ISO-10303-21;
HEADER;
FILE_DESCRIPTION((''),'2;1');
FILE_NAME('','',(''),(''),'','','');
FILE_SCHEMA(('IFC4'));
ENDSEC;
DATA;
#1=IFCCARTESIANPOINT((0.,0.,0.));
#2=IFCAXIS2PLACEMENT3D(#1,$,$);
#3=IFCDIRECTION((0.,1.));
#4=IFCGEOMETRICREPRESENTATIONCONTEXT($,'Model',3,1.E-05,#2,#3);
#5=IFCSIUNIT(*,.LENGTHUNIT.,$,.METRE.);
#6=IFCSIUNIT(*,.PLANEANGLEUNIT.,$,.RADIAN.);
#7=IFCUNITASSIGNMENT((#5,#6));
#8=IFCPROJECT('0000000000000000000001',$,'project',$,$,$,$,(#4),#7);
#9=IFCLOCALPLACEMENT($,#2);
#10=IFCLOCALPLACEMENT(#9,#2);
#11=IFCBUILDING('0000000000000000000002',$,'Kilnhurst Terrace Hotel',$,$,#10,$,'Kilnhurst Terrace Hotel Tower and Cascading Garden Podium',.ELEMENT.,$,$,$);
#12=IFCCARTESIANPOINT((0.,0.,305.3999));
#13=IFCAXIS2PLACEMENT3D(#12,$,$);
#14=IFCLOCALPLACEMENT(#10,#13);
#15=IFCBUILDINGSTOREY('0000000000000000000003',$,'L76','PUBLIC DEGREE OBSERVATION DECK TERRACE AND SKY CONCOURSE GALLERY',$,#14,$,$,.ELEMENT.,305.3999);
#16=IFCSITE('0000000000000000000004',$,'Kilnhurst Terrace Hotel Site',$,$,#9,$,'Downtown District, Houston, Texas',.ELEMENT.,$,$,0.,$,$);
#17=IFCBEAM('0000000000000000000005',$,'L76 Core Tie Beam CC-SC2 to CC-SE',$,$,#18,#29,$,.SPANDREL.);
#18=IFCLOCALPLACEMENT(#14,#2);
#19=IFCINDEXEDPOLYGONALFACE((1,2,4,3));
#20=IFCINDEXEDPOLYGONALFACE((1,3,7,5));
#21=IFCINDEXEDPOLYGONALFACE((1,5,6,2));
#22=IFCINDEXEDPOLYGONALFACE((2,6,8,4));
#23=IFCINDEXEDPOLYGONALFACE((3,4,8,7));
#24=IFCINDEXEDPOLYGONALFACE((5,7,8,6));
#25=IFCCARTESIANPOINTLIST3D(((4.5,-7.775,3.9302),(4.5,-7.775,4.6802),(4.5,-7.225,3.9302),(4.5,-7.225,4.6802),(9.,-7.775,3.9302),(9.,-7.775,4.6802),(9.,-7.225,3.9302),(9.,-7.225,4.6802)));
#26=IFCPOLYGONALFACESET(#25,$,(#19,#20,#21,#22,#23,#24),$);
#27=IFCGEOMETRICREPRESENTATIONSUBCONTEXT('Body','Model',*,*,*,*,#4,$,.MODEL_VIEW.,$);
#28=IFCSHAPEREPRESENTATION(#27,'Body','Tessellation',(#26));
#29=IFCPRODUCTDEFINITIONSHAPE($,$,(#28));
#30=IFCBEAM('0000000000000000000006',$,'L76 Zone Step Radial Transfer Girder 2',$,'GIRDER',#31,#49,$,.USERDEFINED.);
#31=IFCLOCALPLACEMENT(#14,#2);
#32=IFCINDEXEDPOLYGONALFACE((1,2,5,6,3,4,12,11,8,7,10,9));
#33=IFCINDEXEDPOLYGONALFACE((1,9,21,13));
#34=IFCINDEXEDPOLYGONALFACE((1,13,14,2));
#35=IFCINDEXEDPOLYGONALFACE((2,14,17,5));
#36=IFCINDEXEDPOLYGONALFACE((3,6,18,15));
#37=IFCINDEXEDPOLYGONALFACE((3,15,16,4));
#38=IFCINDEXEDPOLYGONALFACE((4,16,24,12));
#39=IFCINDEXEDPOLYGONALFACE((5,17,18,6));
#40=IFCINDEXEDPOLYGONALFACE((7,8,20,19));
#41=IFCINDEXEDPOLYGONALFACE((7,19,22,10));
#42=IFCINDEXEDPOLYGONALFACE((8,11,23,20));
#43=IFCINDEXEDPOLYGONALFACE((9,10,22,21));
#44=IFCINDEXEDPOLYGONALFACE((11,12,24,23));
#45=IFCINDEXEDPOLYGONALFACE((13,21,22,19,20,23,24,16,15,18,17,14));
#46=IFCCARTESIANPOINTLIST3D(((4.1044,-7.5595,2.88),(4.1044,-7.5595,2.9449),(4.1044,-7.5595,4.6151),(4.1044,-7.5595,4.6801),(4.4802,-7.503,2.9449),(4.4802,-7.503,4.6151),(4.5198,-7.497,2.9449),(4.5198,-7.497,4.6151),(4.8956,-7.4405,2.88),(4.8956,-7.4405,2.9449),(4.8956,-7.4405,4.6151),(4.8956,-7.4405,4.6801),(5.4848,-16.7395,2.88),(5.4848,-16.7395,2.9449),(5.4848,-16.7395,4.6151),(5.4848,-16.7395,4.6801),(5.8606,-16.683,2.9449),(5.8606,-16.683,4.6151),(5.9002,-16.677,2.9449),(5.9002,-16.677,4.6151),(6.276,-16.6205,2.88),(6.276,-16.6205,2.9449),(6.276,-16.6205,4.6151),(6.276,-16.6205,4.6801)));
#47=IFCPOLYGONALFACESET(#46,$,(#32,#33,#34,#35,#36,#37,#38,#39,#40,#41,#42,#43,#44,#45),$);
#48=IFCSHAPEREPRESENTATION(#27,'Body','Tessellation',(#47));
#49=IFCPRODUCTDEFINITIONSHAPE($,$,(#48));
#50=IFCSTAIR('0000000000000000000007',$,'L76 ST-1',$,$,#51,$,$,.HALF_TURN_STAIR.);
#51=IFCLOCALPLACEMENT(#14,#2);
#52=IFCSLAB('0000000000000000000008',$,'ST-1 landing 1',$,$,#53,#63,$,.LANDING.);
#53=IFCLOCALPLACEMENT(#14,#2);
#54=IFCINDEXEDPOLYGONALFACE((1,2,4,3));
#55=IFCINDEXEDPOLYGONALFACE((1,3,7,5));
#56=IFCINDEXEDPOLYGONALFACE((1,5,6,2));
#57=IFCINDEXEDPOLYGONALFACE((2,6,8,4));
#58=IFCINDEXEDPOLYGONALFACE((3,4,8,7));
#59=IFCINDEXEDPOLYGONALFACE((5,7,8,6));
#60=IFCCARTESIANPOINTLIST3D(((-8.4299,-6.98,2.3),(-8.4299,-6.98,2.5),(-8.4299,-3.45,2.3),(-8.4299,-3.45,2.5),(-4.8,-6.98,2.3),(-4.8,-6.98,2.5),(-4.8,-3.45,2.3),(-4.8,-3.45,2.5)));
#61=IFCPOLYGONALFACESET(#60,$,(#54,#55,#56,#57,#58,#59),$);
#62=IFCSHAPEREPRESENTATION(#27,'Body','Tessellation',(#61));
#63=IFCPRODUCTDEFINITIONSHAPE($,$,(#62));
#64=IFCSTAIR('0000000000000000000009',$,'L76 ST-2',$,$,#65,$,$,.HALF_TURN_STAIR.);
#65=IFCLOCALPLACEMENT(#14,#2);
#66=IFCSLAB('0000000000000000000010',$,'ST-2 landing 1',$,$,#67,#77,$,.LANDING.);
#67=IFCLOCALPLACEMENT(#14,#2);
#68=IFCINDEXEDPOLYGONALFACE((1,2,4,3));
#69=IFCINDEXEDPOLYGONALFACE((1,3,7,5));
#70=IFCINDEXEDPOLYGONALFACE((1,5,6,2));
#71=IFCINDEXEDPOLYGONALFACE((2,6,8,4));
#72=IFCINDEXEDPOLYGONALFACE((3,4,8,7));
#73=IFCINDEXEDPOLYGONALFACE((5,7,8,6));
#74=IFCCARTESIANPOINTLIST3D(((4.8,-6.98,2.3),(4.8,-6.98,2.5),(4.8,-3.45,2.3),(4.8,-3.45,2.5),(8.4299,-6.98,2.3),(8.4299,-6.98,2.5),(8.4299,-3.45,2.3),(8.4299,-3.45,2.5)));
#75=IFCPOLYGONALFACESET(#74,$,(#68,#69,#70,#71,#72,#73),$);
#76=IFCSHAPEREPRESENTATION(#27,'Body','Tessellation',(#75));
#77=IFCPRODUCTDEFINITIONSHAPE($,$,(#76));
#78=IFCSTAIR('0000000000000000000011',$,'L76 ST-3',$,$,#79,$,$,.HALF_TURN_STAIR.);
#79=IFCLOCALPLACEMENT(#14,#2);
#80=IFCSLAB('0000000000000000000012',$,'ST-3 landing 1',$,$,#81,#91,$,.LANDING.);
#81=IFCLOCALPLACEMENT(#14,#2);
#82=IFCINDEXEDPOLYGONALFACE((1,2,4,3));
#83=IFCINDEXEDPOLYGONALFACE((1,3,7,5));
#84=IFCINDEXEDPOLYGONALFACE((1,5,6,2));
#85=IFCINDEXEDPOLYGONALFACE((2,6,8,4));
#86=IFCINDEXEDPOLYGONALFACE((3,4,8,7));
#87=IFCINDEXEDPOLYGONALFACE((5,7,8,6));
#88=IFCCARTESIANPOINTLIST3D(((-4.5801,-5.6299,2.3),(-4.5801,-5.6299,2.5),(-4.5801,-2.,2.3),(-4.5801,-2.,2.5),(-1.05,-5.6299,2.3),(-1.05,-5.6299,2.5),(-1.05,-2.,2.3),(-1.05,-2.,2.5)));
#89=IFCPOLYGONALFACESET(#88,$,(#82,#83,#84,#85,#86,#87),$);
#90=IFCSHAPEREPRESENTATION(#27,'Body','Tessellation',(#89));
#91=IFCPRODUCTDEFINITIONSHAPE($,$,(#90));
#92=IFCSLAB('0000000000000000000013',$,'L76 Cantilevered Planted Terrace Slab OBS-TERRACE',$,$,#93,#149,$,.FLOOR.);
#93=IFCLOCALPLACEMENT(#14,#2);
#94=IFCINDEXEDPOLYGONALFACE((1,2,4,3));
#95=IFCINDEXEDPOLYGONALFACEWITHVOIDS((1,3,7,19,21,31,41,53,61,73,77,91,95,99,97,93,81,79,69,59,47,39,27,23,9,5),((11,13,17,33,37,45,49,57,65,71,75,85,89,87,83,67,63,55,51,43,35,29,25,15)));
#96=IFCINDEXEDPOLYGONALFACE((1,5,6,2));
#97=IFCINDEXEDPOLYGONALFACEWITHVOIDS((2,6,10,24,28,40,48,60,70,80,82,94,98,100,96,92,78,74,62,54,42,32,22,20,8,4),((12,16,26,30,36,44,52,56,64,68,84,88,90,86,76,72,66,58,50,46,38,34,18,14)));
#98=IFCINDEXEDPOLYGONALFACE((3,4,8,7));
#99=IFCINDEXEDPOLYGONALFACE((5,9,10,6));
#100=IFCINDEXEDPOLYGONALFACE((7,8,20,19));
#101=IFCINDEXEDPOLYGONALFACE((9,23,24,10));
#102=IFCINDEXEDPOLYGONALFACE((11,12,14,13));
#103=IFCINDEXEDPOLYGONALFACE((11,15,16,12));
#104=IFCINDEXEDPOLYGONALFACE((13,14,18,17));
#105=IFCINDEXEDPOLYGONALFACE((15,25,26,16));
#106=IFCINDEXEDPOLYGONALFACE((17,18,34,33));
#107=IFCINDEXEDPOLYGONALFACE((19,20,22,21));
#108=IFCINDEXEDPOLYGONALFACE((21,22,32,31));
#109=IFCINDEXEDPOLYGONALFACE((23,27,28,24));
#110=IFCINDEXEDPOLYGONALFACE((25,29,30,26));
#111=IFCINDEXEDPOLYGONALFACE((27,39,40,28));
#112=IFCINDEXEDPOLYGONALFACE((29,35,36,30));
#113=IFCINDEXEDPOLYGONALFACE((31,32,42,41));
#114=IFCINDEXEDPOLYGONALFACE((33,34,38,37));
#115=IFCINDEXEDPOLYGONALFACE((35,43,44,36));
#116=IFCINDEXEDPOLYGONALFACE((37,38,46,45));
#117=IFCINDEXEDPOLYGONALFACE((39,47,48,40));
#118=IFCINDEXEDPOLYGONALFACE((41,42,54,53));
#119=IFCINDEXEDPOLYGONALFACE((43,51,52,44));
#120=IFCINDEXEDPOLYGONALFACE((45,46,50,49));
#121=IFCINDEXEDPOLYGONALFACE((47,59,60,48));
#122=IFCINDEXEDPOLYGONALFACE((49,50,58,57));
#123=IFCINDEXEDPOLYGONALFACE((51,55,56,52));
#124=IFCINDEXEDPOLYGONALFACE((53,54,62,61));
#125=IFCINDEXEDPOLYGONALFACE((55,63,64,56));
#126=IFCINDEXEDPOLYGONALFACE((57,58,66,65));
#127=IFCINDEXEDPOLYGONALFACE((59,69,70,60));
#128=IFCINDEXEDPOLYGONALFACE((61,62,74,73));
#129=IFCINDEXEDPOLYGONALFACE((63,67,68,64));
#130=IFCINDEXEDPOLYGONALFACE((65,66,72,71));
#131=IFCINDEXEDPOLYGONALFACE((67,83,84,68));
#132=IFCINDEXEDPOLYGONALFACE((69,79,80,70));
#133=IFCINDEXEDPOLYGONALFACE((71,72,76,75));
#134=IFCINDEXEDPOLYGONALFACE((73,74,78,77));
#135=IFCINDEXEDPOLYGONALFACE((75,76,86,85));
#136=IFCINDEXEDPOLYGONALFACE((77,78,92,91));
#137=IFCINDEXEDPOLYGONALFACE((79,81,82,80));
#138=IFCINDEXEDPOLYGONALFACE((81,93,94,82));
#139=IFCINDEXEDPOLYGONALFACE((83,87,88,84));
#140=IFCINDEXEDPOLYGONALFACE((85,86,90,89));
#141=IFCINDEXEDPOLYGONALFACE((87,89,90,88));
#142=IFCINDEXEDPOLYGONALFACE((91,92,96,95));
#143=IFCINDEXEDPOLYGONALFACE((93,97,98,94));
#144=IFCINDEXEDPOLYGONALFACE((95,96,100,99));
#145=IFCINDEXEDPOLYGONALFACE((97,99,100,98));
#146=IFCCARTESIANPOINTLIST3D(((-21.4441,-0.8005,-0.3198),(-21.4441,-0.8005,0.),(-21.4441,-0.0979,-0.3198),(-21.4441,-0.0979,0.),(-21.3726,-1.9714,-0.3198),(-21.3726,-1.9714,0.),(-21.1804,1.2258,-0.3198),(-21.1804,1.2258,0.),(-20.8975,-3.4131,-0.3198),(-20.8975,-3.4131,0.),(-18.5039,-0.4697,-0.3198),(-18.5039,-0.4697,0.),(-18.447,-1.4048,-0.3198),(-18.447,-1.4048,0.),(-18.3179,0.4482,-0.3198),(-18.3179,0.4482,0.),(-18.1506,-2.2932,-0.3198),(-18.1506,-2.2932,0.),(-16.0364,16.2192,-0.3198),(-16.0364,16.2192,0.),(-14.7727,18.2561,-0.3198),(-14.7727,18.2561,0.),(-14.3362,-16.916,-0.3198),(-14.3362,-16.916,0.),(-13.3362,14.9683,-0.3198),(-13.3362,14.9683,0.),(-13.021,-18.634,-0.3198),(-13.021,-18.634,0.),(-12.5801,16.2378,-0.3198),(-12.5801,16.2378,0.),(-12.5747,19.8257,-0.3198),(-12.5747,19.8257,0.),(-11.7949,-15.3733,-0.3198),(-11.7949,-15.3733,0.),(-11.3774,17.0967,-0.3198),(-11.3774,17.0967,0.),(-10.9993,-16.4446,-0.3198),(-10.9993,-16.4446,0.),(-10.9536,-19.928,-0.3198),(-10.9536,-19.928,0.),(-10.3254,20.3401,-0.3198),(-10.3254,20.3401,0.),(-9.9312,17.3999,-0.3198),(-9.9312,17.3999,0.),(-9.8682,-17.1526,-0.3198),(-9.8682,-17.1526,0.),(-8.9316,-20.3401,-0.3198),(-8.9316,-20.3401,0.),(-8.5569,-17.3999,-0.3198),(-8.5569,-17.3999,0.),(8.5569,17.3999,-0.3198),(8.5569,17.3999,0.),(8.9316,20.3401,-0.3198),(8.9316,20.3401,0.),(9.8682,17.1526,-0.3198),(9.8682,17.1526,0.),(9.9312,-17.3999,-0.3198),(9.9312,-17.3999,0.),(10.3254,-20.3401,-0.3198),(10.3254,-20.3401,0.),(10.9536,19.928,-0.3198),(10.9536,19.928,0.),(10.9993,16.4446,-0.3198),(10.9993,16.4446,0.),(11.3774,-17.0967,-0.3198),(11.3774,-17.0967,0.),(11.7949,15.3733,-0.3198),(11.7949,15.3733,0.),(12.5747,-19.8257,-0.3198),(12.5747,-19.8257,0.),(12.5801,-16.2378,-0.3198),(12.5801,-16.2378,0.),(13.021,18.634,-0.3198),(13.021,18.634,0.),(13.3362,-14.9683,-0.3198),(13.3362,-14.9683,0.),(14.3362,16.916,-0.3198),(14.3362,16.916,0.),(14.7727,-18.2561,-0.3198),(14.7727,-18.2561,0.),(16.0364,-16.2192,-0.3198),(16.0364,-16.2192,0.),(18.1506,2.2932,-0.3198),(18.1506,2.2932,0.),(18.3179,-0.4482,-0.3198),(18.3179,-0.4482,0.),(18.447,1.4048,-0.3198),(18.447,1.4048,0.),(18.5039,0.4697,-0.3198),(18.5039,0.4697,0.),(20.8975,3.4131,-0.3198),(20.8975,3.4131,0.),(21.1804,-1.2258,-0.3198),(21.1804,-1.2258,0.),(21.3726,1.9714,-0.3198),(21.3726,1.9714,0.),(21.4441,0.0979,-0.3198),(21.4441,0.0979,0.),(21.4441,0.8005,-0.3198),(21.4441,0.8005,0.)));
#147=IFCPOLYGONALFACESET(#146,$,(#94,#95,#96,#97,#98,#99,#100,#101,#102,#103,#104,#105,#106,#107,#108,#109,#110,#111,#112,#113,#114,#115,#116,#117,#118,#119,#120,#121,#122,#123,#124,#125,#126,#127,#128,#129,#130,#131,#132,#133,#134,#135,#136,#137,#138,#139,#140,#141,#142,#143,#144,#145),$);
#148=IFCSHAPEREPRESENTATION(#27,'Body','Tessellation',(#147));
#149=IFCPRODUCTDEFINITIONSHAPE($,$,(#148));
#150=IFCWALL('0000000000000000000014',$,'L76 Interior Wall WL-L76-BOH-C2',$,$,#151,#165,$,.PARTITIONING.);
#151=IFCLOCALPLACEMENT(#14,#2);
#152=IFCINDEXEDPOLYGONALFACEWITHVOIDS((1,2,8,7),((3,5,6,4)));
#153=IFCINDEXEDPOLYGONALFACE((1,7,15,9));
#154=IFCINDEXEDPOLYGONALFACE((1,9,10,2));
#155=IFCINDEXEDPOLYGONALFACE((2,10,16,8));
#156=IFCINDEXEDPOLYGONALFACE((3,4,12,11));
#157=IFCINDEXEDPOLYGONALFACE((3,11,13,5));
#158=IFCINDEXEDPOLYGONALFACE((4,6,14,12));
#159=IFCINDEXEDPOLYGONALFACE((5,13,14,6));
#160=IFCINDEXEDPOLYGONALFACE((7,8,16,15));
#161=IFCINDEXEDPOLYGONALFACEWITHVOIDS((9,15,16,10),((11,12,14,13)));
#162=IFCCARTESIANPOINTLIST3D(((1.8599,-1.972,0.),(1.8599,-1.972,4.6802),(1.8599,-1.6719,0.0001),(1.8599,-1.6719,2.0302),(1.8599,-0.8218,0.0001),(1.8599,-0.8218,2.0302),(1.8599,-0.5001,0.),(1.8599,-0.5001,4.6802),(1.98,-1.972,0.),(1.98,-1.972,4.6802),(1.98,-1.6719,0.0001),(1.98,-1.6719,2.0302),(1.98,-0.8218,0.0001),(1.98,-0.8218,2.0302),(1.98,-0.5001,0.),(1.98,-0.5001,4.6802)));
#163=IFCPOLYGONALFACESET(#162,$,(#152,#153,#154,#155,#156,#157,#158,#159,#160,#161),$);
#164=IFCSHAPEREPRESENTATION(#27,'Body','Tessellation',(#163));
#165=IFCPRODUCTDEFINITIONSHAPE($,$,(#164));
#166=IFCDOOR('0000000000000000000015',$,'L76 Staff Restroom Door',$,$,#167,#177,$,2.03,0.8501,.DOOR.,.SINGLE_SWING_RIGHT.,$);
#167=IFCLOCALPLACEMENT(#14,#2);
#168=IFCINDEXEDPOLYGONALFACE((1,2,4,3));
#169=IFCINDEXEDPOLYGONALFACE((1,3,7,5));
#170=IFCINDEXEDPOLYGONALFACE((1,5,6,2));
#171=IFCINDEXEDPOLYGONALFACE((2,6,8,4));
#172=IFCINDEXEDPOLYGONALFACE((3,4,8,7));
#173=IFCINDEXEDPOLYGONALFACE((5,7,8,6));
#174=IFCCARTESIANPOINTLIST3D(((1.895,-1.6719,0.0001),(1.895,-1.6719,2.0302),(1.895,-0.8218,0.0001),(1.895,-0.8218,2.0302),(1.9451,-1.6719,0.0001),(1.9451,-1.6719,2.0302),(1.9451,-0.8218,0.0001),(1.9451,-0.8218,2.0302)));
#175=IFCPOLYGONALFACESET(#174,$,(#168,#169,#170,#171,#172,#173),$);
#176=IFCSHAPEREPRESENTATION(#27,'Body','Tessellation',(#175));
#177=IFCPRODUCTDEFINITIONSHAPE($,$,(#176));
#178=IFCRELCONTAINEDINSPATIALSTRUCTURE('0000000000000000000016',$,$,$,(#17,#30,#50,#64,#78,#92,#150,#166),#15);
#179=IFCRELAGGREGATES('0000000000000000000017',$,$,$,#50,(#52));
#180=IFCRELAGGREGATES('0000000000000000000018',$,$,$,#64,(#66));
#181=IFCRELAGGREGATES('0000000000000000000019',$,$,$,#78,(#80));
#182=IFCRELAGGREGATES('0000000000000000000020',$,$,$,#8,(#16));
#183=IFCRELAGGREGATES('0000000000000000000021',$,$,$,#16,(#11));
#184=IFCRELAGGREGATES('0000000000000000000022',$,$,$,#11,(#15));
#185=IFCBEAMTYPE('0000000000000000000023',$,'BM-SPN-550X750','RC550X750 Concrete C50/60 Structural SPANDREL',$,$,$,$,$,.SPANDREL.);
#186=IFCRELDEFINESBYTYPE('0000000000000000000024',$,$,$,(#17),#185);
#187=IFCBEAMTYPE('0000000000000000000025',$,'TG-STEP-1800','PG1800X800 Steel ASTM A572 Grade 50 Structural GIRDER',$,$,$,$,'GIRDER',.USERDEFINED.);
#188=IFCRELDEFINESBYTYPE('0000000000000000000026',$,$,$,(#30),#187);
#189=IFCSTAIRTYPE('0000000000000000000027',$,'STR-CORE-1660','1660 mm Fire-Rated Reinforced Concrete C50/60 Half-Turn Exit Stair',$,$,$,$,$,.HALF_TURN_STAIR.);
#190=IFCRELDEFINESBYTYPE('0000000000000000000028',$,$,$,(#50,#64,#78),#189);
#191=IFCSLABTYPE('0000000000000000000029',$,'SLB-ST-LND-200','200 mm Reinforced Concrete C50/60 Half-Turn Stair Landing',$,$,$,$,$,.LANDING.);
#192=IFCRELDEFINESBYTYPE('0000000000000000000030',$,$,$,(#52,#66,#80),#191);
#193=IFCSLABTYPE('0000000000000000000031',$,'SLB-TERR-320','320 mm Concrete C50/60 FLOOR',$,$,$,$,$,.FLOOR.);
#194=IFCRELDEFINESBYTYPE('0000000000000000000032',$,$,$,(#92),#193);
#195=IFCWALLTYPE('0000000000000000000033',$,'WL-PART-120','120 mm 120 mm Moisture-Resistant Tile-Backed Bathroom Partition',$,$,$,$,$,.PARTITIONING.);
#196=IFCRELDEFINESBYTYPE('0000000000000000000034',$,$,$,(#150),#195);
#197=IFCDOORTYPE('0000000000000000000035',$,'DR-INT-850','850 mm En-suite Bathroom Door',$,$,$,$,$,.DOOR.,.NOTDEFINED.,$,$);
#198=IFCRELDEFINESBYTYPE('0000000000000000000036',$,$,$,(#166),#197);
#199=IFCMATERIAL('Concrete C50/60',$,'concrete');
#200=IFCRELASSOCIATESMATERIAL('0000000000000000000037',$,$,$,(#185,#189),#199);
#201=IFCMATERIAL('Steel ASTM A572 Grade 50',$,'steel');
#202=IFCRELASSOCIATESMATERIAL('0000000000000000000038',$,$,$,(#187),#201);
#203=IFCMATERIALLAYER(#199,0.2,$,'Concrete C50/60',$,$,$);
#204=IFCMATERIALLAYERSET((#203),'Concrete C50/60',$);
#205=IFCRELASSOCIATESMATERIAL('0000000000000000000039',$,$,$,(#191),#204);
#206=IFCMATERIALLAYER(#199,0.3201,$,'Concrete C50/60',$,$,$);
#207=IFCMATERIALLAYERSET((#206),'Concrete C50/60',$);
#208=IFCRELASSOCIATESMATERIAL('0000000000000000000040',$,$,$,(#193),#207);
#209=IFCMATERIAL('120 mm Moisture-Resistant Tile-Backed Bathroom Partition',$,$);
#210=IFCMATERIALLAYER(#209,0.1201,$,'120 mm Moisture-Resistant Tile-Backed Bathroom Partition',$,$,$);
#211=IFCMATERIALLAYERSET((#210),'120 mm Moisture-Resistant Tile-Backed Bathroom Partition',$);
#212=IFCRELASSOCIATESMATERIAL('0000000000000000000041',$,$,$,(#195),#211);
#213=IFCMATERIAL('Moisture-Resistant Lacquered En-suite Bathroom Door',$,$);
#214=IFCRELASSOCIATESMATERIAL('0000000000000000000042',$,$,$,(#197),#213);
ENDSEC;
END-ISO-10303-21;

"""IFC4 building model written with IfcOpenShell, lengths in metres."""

from ifc_helpers import new_model, si_unit, direction, frame, frame_2d, origin, origin_2d, place, context, subcontext, project, spatial, polyline, rectangle, i_section, outline, extrude, material, layer, layer_set, material_profile, profile_set, type_object, element, fill, aggregate, save


model = new_model("IFC4")

# Units and contexts
model_context = context("Model", 3, precision=1e-05, world=origin(), true_north=direction((0.0, 1.0)))
body_context = subcontext(model_context, "Body", "Model", "MODEL_VIEW")
ifc_project = project(units=[si_unit("LENGTHUNIT", "METRE"), si_unit("PLANEANGLEUNIT", "RADIAN")], contexts=[model_context])

# Site, building, storey
site_placement = place(None, origin())
site = spatial("IfcSite", under=ifc_project, at=site_placement, Name="Kilnhurst Terrace Hotel Site", LongName="Downtown District, Houston, Texas", CompositionType="ELEMENT", RefElevation=0.0)
building_placement = place(site_placement, origin())
building = spatial("IfcBuilding", under=site, at=building_placement, Name="Kilnhurst Terrace Hotel", LongName="Kilnhurst Terrace Hotel Tower and Cascading Garden Podium", CompositionType="ELEMENT")
storey_placement = place(building_placement, frame((0.0, 0.0, 305.3999)))
storey = spatial("IfcBuildingStorey", under=building, at=storey_placement, Name="L76", Description="PUBLIC DEGREE OBSERVATION DECK TERRACE AND SKY CONCOURSE GALLERY", CompositionType="ELEMENT", Elevation=305.3999)

# Beams
ifc_material_1 = material(Name="Concrete C50/60", Category="concrete")
ifc_material_profile_1 = material_profile(ifc_material_1, rectangle(XDim=0.55, YDim=0.75, at=origin_2d()), Name="RC550X750")
ifc_profile_set_1 = profile_set([ifc_material_profile_1], Name="Concrete C50/60")
beam_type_1 = type_object("IfcBeamType", Name="BM-SPN-550X750", Description="RC550X750 Concrete C50/60 Structural SPANDREL", PredefinedType="SPANDREL", material=ifc_profile_set_1)
beam_1_placement = place(storey_placement, frame((4.5, -7.5, 4.3052), z_axis=(1.0, 0.0, 0.0), x_axis=(0.0, 1.0, 0.0)))
element("IfcBeam", 1, at=beam_1_placement, inside=storey, type_object=beam_type_1, Name="L76 Core Tie Beam CC-SC2 to CC-SE", PredefinedType="SPANDREL", context=body_context, shape_type="SweptSolid", body=[
    extrude(rectangle(XDim=0.55, YDim=0.75, at=origin_2d()), origin(), (0.0, 0.0, 1.0), 4.5),
])
ifc_material_2 = material(Name="Steel ASTM A572 Grade 50", Category="steel")
ifc_material_profile_2 = material_profile(ifc_material_2, i_section(OverallWidth=0.8, OverallDepth=1.8, WebThickness=0.04, FlangeThickness=0.0649, at=origin_2d()), Name="PG1800X800")
ifc_profile_set_2 = profile_set([ifc_material_profile_2], Name="Steel ASTM A572 Grade 50")
beam_type_2 = type_object("IfcBeamType", Name="TG-STEP-1800", Description="PG1800X800 Steel ASTM A572 Grade 50 Structural GIRDER", ElementType="GIRDER", PredefinedType="USERDEFINED", material=ifc_profile_set_2)
beam_2_placement = place(storey_placement, frame((4.5, -7.5, 3.78), z_axis=(0.148697, -0.988883, 0.0), x_axis=(0.988883, 0.148697, 0.0)))
element("IfcBeam", 2, at=beam_2_placement, inside=storey, type_object=beam_type_2, Name="L76 Zone Step Radial Transfer Girder 2", ObjectType="GIRDER", PredefinedType="USERDEFINED", context=body_context, shape_type="SweptSolid", body=[
    extrude(i_section(OverallWidth=0.8, OverallDepth=1.8, WebThickness=0.04, FlangeThickness=0.0649, at=origin_2d()), origin(), (0.0, 0.0, 1.0), 9.2832),
])

# Stairs, slabs
stair_type = type_object("IfcStairType", Name="STR-CORE-1660", Description="1660 mm Fire-Rated Reinforced Concrete C50/60 Half-Turn Exit Stair", PredefinedType="HALF_TURN_STAIR", material=ifc_material_1)
stair_1_placement = place(storey_placement, origin())
stair_1 = element("IfcStair", 3, at=stair_1_placement, inside=storey, type_object=stair_type, Name="L76 ST-1", PredefinedType="HALF_TURN_STAIR")
ifc_layer_1 = layer(ifc_material_1, 0.2, Name="Concrete C50/60")
ifc_layer_set_1 = layer_set([ifc_layer_1], Name="Concrete C50/60")
slab_type_1 = type_object("IfcSlabType", Name="SLB-ST-LND-200", Description="200 mm Reinforced Concrete C50/60 Half-Turn Stair Landing", PredefinedType="LANDING", material=ifc_layer_set_1)
slab_1_placement = place(storey_placement, frame((0.0, 0.0, 2.3)))
slab_1 = element("IfcSlab", 4, at=slab_1_placement, type_object=slab_type_1, Name="ST-1 landing 1", PredefinedType="LANDING", context=body_context, shape_type="SweptSolid", body=[
    extrude(outline(polyline([(-8.4299, -3.45), (-4.8, -3.45), (-4.8, -6.98), (-8.4299, -6.98), (-8.4299, -3.45)])), origin(), (0.0, 0.0, 1.0), 0.2),
])
aggregate(stair_1, [slab_1])
stair_2_placement = place(storey_placement, origin())
stair_2 = element("IfcStair", 5, at=stair_2_placement, inside=storey, type_object=stair_type, Name="L76 ST-2", PredefinedType="HALF_TURN_STAIR")
slab_2_placement = place(storey_placement, frame((0.0, 0.0, 2.3)))
slab_2 = element("IfcSlab", 6, at=slab_2_placement, type_object=slab_type_1, Name="ST-2 landing 1", PredefinedType="LANDING", context=body_context, shape_type="SweptSolid", body=[
    extrude(outline(polyline([(4.8, -3.45), (8.4299, -3.45), (8.4299, -6.98), (4.8, -6.98), (4.8, -3.45)])), origin(), (0.0, 0.0, 1.0), 0.2),
])
aggregate(stair_2, [slab_2])
stair_3_placement = place(storey_placement, origin())
stair_3 = element("IfcStair", 7, at=stair_3_placement, inside=storey, type_object=stair_type, Name="L76 ST-3", PredefinedType="HALF_TURN_STAIR")
slab_3_placement = place(storey_placement, frame((0.0, 0.0, 2.3)))
slab_3 = element("IfcSlab", 8, at=slab_3_placement, type_object=slab_type_1, Name="ST-3 landing 1", PredefinedType="LANDING", context=body_context, shape_type="SweptSolid", body=[
    extrude(outline(polyline([(-1.05, -2.0), (-1.05, -5.6299), (-4.5801, -5.6299), (-4.5801, -2.0), (-1.05, -2.0)])), origin(), (0.0, 0.0, 1.0), 0.2),
])

# Slab
ifc_layer_2 = layer(ifc_material_1, 0.3201, Name="Concrete C50/60")
ifc_layer_set_2 = layer_set([ifc_layer_2], Name="Concrete C50/60")
slab_type_2 = type_object("IfcSlabType", Name="SLB-TERR-320", Description="320 mm Concrete C50/60 FLOOR", PredefinedType="FLOOR", material=ifc_layer_set_2)
slab_4_placement = place(storey_placement, frame((0.0, 0.0, -0.3198)))
element("IfcSlab", 9, at=slab_4_placement, inside=storey, type_object=slab_type_2, Name="L76 Cantilevered Planted Terrace Slab OBS-TERRACE", PredefinedType="FLOOR", context=body_context, shape_type="SweptSolid", body=[
    extrude(outline(polyline([(-21.3726, -1.9714), (-21.4441, -0.8005), (-21.4441, -0.0979), (-21.1804, 1.2258), (-16.0364, 16.2192), (-14.7727, 18.2561), (-12.5747, 19.8257), (-10.3254, 20.3401), (8.9316, 20.3401), (10.9536, 19.928), (13.021, 18.634), (14.3362, 16.916), (20.8975, 3.4131), (21.3726, 1.9714), (21.4441, 0.8005), (21.4441, 0.0979), (21.1804, -1.2258), (16.0364, -16.2192), (14.7727, -18.2561), (12.5747, -19.8257), (10.3254, -20.3401), (-8.9316, -20.3401), (-10.9536, -19.928), (-13.021, -18.634), (-14.3362, -16.916), (-20.8975, -3.4131), (-21.3726, -1.9714)]), holes=[polyline([(-10.9993, -16.4446), (-9.8682, -17.1526), (-8.5569, -17.3999), (9.9312, -17.3999), (11.3774, -17.0967), (12.5801, -16.2378), (13.3362, -14.9683), (18.3179, -0.4482), (18.5039, 0.4697), (18.447, 1.4048), (18.1506, 2.2932), (11.7949, 15.3733), (10.9993, 16.4446), (9.8682, 17.1526), (8.5569, 17.3999), (-9.9312, 17.3999), (-11.3774, 17.0967), (-12.5801, 16.2378), (-13.3362, 14.9683), (-18.3179, 0.4482), (-18.5039, -0.4697), (-18.447, -1.4048), (-18.1506, -2.2932), (-11.7949, -15.3733), (-10.9993, -16.4446)])]), origin(), (0.0, 0.0, 1.0), 0.3198),
])

# Wall, opening, door
ifc_material_3 = material(Name="120 mm Moisture-Resistant Tile-Backed Bathroom Partition")
ifc_layer_3 = layer(ifc_material_3, 0.1201, Name="120 mm Moisture-Resistant Tile-Backed Bathroom Partition")
ifc_layer_set_3 = layer_set([ifc_layer_3], Name="120 mm Moisture-Resistant Tile-Backed Bathroom Partition")
wall_type_1 = type_object("IfcWallType", Name="WL-PART-120", Description="120 mm 120 mm Moisture-Resistant Tile-Backed Bathroom Partition", PredefinedType="PARTITIONING", material=ifc_layer_set_3)
wall_1_placement = place(storey_placement, frame((1.9199, -1.9719, 0.0), z_axis=(0.0, 0.0, 1.0), x_axis=(0.0, 1.0, 0.0)))
wall_1 = element("IfcWall", 10, at=wall_1_placement, inside=storey, type_object=wall_type_1, Name="L76 Interior Wall WL-L76-BOH-C2", PredefinedType="PARTITIONING", context=body_context, shape_type="SweptSolid", body=[
    extrude(rectangle(XDim=1.4719, YDim=0.1201, at=frame_2d((0.7358, 0.0))), origin(), (0.0, 0.0, 1.0), 4.6802),
])
opening_1_placement = place(wall_1_placement, frame((0.3, 0.0, 0.0)))
opening_1 = element("IfcOpeningElement", 11, at=opening_1_placement, cuts=wall_1, PredefinedType="OPENING", context=body_context, shape_type="SweptSolid", body=[
    extrude(rectangle(XDim=0.8501, YDim=2.03, at=frame_2d((0.425, 1.0151))), frame((0.0, 0.0701, 0.0), z_axis=(0.0, -1.0, 0.0), x_axis=(1.0, 0.0, 0.0)), (0.0, 0.0, 1.0), 0.1401),
])
ifc_material_4 = material(Name="Moisture-Resistant Lacquered En-suite Bathroom Door")
door_type_1 = type_object("IfcDoorType", Name="DR-INT-850", Description="850 mm En-suite Bathroom Door", OperationType="NOTDEFINED", PredefinedType="DOOR", material=ifc_material_4)
door_1_placement = place(opening_1_placement, origin())
door_1 = element("IfcDoor", 12, at=door_1_placement, inside=storey, type_object=door_type_1, Name="L76 Staff Restroom Door", OperationType="SINGLE_SWING_RIGHT", OverallHeight=2.03, OverallWidth=0.8501, PredefinedType="DOOR", context=body_context, shape_type="SweptSolid", body=[
    extrude(rectangle(XDim=0.8501, YDim=2.03, at=frame_2d((0.425, 1.0151))), frame((0.0, 0.0249, 0.0), z_axis=(0.0, -1.0, 0.0), x_axis=(1.0, 0.0, 0.0)), (0.0, 0.0, 1.0), 0.05),
])
fill(opening_1, door_1)

aggregate(stair_3, [slab_3])

save(model, "model.ifc")
